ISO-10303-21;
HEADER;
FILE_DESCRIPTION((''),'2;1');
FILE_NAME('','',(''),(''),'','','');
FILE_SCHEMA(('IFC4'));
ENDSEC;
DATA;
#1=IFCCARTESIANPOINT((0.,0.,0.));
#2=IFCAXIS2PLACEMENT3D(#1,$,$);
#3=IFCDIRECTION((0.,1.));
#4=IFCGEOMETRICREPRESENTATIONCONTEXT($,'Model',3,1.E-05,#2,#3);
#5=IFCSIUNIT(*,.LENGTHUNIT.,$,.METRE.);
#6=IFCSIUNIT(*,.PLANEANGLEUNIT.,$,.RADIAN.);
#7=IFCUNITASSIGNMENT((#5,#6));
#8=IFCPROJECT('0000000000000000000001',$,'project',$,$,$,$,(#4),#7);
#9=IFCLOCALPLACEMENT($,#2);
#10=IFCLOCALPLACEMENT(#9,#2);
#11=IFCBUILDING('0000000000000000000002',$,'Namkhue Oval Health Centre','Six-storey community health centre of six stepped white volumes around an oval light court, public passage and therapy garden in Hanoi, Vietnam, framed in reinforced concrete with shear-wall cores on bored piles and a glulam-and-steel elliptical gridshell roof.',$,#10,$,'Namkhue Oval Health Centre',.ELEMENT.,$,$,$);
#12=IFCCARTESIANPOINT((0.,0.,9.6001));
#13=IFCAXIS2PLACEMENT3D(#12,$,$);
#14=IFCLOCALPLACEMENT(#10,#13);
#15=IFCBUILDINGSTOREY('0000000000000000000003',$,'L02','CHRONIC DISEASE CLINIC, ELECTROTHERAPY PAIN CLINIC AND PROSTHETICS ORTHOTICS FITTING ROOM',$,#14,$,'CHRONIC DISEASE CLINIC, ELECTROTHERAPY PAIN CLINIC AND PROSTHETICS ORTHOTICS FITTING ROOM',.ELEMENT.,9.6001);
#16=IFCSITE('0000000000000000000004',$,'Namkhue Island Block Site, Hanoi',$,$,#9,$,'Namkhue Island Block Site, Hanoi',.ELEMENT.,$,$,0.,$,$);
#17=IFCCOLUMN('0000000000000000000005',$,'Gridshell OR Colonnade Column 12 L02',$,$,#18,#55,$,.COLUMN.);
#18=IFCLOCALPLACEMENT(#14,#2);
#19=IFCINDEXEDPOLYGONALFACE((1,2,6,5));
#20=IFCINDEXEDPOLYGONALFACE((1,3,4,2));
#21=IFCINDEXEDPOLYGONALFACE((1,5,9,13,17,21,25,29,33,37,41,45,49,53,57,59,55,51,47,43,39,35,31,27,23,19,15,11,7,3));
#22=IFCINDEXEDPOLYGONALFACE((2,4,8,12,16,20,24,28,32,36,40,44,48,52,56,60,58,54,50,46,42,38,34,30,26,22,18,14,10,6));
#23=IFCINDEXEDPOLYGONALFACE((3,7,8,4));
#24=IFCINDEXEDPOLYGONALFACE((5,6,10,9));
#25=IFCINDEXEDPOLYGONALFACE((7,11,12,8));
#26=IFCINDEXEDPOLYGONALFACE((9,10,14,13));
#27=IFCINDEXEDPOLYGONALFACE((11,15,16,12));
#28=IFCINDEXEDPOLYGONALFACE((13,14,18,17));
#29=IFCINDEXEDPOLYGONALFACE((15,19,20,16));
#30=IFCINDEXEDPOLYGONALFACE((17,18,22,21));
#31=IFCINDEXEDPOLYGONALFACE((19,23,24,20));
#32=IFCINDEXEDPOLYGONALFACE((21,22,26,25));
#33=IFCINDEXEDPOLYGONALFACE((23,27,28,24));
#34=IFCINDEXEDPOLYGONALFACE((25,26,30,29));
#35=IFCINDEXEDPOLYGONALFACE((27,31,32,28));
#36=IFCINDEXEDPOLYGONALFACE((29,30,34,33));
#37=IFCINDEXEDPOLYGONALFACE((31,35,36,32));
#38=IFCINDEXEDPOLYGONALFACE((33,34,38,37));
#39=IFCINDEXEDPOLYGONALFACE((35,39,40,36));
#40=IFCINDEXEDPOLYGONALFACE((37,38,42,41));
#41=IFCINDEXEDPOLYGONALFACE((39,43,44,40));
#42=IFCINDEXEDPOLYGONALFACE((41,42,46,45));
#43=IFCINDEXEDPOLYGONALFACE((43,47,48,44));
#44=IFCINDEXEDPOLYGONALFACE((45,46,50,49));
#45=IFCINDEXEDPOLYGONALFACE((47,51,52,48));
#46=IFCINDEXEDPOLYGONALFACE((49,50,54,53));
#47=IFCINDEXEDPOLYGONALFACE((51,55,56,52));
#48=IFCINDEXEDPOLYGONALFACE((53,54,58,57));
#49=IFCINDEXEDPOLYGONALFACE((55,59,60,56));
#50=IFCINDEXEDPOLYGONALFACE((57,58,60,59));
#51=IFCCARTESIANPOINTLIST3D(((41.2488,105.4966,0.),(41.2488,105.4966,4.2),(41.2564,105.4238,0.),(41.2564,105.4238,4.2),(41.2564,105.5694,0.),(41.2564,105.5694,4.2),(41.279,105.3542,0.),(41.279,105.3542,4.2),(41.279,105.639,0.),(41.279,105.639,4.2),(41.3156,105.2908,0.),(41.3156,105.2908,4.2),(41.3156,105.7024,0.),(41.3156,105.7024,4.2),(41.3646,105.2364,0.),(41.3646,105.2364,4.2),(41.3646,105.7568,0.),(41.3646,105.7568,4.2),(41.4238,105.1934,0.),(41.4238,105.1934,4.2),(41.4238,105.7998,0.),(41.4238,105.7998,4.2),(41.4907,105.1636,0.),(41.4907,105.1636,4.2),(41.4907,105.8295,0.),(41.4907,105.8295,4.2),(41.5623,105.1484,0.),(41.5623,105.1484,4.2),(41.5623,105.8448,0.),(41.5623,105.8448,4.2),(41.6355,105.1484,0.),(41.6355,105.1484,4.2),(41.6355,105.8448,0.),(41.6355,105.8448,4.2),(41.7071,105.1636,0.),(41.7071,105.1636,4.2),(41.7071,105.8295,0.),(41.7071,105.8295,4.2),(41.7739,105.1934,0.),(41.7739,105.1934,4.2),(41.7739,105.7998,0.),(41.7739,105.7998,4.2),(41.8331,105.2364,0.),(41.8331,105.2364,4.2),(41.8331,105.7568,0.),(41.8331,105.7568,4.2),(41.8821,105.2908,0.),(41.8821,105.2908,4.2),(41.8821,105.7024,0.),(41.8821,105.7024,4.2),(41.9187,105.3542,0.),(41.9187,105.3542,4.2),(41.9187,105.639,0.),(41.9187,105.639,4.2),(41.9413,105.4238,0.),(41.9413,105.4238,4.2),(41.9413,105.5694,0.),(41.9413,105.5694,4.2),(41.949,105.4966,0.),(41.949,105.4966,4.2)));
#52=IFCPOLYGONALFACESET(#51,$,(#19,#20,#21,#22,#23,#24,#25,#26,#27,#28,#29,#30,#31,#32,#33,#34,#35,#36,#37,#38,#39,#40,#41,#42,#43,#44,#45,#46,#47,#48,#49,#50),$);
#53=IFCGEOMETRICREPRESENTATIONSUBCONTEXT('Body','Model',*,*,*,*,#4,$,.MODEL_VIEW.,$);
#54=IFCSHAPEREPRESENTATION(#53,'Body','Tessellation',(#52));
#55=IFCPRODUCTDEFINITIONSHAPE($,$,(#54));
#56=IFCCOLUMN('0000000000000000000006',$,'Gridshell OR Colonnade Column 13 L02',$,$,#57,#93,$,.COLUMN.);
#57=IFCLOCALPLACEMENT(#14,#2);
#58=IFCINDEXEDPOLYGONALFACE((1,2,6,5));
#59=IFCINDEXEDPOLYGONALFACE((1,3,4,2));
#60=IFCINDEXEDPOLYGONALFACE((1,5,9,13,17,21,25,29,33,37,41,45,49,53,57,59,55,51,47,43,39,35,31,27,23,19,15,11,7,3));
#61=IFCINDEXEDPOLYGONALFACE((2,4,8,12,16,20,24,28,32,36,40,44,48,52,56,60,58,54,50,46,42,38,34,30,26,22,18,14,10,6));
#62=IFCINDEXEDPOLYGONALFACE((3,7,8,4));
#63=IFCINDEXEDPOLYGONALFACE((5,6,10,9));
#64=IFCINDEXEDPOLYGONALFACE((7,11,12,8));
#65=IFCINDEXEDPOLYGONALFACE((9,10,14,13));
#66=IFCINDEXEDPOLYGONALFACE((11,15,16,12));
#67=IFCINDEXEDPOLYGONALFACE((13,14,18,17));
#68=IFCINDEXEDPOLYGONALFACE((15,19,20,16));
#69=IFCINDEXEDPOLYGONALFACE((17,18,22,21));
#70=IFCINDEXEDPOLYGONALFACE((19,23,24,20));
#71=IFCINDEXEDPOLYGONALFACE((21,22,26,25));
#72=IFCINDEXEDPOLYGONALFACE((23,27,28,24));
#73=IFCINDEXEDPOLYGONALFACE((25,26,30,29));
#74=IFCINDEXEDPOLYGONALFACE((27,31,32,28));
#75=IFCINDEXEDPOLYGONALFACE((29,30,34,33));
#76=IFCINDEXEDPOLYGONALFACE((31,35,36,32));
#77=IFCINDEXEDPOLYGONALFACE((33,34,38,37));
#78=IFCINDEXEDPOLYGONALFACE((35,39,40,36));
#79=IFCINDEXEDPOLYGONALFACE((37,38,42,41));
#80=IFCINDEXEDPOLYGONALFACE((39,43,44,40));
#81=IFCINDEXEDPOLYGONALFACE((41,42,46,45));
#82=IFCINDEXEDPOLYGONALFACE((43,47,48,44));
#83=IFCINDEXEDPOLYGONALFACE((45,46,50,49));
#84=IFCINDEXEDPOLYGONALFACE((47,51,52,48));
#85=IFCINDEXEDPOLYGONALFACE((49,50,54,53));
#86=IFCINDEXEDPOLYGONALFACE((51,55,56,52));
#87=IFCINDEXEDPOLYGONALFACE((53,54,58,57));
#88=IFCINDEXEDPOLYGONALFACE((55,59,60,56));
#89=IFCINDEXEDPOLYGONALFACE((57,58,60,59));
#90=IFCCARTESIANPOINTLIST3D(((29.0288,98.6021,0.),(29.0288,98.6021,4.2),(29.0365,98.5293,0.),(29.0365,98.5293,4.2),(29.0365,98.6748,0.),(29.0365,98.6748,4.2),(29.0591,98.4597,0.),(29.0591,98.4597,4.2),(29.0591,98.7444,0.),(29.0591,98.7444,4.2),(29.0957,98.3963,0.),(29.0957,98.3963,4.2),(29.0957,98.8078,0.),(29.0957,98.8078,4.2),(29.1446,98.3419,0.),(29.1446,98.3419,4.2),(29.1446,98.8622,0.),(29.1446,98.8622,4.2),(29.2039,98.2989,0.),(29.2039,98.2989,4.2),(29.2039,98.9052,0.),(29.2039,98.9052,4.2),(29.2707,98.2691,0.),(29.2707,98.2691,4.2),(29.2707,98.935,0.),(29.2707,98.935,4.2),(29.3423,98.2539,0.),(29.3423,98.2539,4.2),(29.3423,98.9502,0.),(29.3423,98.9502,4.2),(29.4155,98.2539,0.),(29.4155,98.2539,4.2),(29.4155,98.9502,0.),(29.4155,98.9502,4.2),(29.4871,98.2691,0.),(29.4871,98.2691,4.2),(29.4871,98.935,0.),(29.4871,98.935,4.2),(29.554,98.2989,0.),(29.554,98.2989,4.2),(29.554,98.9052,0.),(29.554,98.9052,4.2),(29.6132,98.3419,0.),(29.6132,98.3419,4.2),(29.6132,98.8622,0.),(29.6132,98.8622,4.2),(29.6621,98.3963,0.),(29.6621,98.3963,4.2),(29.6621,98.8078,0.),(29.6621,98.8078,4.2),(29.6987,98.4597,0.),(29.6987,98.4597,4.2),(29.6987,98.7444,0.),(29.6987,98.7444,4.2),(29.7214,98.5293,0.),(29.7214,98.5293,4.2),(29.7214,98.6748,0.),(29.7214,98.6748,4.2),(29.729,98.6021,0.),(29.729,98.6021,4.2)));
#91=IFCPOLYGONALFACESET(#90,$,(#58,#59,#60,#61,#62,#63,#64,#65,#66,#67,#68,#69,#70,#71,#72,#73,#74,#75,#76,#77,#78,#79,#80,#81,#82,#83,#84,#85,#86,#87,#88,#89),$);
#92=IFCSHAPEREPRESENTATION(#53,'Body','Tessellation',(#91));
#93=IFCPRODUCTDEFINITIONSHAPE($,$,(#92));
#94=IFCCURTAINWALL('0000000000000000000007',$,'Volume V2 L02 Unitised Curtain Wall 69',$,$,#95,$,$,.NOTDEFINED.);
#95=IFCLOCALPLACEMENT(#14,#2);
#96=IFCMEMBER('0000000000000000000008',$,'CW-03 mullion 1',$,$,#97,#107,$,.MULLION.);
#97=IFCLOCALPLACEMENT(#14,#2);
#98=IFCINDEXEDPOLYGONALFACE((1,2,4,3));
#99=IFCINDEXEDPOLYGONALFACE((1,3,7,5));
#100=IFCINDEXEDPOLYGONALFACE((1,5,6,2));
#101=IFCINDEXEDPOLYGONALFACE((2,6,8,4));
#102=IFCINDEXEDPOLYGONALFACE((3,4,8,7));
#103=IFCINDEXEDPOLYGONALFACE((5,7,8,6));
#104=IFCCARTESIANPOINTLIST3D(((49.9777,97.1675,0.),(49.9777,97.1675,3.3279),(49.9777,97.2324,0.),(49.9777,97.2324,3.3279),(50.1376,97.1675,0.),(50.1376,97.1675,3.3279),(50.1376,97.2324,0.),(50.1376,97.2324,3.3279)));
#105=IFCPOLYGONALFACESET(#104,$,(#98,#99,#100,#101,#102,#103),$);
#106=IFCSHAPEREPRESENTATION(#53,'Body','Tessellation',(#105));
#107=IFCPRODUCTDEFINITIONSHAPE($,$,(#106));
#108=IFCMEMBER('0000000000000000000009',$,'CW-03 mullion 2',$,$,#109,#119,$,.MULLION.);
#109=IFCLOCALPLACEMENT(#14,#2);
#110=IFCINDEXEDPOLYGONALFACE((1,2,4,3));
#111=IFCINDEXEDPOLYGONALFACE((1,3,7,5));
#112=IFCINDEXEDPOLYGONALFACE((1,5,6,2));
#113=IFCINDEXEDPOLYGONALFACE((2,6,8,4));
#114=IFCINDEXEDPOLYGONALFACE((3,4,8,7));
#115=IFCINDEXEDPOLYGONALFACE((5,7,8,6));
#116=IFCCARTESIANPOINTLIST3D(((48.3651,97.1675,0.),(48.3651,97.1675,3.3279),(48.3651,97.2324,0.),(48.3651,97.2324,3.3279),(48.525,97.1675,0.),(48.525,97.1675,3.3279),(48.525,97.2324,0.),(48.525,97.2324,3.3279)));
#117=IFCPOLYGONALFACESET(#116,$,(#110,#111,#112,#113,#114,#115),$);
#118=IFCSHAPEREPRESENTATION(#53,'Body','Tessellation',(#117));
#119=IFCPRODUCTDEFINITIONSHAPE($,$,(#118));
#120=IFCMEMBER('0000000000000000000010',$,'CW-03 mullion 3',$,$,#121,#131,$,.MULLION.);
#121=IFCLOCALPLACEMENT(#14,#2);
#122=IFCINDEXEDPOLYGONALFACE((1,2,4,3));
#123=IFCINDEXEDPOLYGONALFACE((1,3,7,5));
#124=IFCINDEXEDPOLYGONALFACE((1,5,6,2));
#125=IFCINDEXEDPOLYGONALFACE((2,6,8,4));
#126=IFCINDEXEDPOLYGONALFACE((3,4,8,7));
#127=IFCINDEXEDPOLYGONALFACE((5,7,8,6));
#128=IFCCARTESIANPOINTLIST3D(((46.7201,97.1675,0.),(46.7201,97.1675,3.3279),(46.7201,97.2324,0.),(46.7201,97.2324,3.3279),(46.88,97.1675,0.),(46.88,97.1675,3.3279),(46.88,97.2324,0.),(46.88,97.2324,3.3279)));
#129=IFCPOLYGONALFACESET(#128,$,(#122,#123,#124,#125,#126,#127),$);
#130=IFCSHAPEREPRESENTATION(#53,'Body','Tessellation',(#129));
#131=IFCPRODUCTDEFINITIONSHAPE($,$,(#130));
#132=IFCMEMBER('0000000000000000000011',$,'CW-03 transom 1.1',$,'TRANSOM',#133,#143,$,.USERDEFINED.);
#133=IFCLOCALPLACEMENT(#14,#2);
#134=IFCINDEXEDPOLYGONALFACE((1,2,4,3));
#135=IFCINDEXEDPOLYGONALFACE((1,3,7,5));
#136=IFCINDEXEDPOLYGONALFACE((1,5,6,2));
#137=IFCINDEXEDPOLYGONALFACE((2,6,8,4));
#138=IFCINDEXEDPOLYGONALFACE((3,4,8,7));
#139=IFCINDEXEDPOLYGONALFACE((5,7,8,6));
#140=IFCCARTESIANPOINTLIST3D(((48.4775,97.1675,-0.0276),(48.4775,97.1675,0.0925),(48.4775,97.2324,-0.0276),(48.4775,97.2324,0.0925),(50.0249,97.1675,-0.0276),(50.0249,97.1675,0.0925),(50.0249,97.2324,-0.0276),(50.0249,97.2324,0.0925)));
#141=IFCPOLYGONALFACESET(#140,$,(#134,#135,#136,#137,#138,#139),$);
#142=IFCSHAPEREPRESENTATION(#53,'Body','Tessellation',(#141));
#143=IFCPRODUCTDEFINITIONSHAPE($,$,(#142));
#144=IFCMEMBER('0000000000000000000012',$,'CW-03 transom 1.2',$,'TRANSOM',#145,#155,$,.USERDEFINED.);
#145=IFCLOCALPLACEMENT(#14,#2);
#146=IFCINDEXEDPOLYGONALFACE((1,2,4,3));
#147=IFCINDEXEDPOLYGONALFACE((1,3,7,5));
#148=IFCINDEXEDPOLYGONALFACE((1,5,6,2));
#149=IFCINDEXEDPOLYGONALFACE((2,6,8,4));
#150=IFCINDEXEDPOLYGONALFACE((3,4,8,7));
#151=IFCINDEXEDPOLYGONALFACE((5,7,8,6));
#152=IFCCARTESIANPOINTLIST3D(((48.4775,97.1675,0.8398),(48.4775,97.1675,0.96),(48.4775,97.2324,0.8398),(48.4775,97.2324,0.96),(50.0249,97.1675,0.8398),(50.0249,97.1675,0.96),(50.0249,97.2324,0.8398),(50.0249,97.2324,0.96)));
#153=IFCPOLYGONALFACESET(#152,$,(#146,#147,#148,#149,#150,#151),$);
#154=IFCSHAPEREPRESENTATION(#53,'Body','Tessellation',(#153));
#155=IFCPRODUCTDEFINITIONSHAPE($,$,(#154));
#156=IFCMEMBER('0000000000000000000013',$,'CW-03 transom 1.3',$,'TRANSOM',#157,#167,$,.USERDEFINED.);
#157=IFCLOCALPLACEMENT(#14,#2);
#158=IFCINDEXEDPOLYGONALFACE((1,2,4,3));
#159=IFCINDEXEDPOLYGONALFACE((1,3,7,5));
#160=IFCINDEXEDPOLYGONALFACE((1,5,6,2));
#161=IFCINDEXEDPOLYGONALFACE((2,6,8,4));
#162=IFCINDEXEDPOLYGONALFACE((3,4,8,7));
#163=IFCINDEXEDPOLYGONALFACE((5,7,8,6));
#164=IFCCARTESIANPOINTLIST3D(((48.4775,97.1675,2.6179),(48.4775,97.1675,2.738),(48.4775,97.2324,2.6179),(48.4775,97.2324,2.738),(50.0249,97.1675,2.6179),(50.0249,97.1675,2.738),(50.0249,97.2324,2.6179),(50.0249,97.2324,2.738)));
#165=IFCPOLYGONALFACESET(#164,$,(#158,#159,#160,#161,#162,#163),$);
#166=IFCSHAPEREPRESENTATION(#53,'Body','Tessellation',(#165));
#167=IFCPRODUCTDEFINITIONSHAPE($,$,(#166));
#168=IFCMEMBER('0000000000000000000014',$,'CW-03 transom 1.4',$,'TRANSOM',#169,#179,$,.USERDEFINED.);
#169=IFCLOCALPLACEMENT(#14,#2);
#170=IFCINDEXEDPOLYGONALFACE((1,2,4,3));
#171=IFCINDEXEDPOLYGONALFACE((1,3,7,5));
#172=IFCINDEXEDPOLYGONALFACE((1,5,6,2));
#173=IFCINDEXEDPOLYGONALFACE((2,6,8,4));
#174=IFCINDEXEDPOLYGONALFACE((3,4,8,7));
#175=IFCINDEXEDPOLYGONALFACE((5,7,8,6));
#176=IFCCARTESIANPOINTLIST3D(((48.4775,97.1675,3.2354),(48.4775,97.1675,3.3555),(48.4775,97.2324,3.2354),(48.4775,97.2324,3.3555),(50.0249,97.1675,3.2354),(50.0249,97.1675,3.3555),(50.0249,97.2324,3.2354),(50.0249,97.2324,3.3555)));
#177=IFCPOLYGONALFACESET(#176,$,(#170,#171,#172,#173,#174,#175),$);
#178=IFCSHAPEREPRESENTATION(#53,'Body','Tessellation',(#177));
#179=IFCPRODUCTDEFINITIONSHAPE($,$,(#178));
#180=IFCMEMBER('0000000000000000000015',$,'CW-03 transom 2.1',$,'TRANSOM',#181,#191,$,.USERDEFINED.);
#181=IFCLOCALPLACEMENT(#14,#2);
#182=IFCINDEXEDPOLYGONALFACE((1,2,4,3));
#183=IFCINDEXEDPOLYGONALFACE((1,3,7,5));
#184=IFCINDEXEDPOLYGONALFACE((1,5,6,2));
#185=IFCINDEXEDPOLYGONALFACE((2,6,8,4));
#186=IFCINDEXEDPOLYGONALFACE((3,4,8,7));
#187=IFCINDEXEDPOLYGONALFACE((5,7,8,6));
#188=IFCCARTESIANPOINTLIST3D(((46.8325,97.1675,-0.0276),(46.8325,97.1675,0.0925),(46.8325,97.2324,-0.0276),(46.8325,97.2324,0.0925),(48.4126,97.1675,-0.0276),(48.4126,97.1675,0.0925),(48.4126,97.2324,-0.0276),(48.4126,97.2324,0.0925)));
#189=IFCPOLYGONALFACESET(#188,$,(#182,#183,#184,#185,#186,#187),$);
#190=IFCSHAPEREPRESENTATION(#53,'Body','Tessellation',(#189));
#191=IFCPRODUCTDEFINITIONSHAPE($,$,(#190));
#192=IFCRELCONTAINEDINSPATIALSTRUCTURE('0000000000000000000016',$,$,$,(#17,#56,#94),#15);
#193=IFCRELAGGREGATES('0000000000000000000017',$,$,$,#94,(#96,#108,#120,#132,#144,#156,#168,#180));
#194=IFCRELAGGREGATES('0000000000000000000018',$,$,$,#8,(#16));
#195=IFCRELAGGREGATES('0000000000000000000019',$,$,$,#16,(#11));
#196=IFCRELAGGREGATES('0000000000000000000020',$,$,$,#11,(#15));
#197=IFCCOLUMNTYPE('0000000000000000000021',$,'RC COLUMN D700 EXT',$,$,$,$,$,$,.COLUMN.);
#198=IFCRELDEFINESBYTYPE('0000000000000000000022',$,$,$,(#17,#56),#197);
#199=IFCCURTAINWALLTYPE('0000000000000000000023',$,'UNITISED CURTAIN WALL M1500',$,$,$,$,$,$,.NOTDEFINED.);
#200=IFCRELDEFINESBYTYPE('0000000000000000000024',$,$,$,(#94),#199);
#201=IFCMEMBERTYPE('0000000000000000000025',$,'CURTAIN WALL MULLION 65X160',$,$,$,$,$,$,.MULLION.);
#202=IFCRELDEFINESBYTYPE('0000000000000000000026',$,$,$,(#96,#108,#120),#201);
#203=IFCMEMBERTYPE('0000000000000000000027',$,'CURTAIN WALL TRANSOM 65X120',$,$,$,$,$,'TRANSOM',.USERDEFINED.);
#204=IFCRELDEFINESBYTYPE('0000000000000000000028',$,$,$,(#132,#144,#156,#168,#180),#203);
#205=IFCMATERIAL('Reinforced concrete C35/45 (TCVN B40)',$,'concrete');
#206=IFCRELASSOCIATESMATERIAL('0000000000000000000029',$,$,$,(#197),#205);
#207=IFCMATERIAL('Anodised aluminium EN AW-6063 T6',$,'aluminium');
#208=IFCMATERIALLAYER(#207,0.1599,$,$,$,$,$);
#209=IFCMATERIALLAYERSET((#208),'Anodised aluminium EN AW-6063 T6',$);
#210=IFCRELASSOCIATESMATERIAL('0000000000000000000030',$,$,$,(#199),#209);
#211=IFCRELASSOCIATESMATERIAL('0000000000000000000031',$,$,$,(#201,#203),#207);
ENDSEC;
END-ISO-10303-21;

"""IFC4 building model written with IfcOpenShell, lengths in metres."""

from ifc_helpers import new_model, si_unit, direction, frame, origin, origin_2d, place, context, subcontext, project, spatial, rectangle, circle, extrude, material, layer, layer_set, material_profile, profile_set, type_object, element, aggregate, save


model = new_model("IFC4")

# Units and contexts
model_context = context("Model", 3, precision=1e-05, world=origin(), true_north=direction((0.0, 1.0)))
body_context = subcontext(model_context, "Body", "Model", "MODEL_VIEW")
ifc_project = project(units=[si_unit("LENGTHUNIT", "METRE"), si_unit("PLANEANGLEUNIT", "RADIAN")], contexts=[model_context])

# Site, building, storey
site_placement = place(None, origin())
site = spatial("IfcSite", under=ifc_project, at=site_placement, Name="Namkhue Island Block Site, Hanoi", LongName="Namkhue Island Block Site, Hanoi", CompositionType="ELEMENT", RefElevation=0.0)
building_placement = place(site_placement, origin())
building = spatial("IfcBuilding", under=site, at=building_placement, Name="Namkhue Oval Health Centre", Description="Six-storey community health centre of six stepped white volumes around an oval light court, public passage and therapy garden in Hanoi, Vietnam, framed in reinforced concrete with shear-wall cores on bored piles and a glulam-and-steel elliptical gridshell roof.", LongName="Namkhue Oval Health Centre", CompositionType="ELEMENT")
storey_placement = place(building_placement, frame((0.0, 0.0, 9.6001)))
storey = spatial("IfcBuildingStorey", under=building, at=storey_placement, Name="L02", Description="CHRONIC DISEASE CLINIC, ELECTROTHERAPY PAIN CLINIC AND PROSTHETICS ORTHOTICS FITTING ROOM", LongName="CHRONIC DISEASE CLINIC, ELECTROTHERAPY PAIN CLINIC AND PROSTHETICS ORTHOTICS FITTING ROOM", CompositionType="ELEMENT", Elevation=9.6001)

# Columns
ifc_material_1 = material(Name="Reinforced concrete C35/45 (TCVN B40)", Category="concrete")
ifc_material_profile_1 = material_profile(ifc_material_1, circle(Radius=0.3501, at=origin_2d()), Name="RC D700")
ifc_profile_set_1 = profile_set([ifc_material_profile_1], Name="Reinforced concrete C35/45 (TCVN B40)")
column_type = type_object("IfcColumnType", Name="RC COLUMN D700 EXT", PredefinedType="COLUMN", material=ifc_profile_set_1)
for number, where, z_axis, x_axis, name in (
    (1, (41.5989, 105.4966, 0.0), (0.0, 0.0, 1.0), (1.0, 0.0, 0.0), "Gridshell OR Colonnade Column 12 L02"),
    (2, (29.3789, 98.6021, 0.0), (0.0, 0.0, 1.0), (1.0, 0.0, 0.0), "Gridshell OR Colonnade Column 13 L02"),
):
    element("IfcColumn", number, at=place(storey_placement, frame(where, z_axis=z_axis, x_axis=x_axis)), inside=storey, type_object=column_type, Name=name, PredefinedType="COLUMN", context=body_context, shape_type="SweptSolid", body=[
        extrude(circle(Radius=0.3501, at=origin_2d()), origin(), (0.0, 0.0, 1.0), 4.2),
    ])

# Curtain wall, members
ifc_material_2 = material(Name="Anodised aluminium EN AW-6063 T6", Category="aluminium")
ifc_layer_1 = layer(ifc_material_2, 0.1599)
ifc_layer_set_1 = layer_set([ifc_layer_1], Name="Anodised aluminium EN AW-6063 T6")
curtain_wall_type = type_object("IfcCurtainWallType", Name="UNITISED CURTAIN WALL M1500", PredefinedType="NOTDEFINED", material=ifc_layer_set_1)
curtain_wall_placement = place(storey_placement, origin())
curtain_wall = element("IfcCurtainWall", 3, at=curtain_wall_placement, inside=storey, type_object=curtain_wall_type, Name="Volume V2 L02 Unitised Curtain Wall 69", PredefinedType="NOTDEFINED")
ifc_material_profile_2 = material_profile(ifc_material_2, rectangle(XDim=0.0649, YDim=0.1599, at=origin_2d()), Name="ALU 65x160")
ifc_profile_set_2 = profile_set([ifc_material_profile_2], Name="Anodised aluminium EN AW-6063 T6")
member_type_1 = type_object("IfcMemberType", Name="CURTAIN WALL MULLION 65X160", PredefinedType="MULLION", material=ifc_profile_set_2)
member_1_placement = place(storey_placement, frame((50.0576, 97.2, 0.0), z_axis=(0.0, 0.0, 1.0), x_axis=(0.0, -1.0, 0.0)))
member_1 = element("IfcMember", 4, at=member_1_placement, type_object=member_type_1, Name="CW-03 mullion 1", PredefinedType="MULLION", context=body_context, shape_type="SweptSolid", body=[
    extrude(rectangle(XDim=0.0649, YDim=0.1599, at=origin_2d()), origin(), (0.0, 0.0, 1.0), 3.3279),
])
member_2_placement = place(storey_placement, frame((48.4451, 97.2, 0.0), z_axis=(0.0, 0.0, 1.0), x_axis=(0.0, -1.0, 0.0)))
member_2 = element("IfcMember", 5, at=member_2_placement, type_object=member_type_1, Name="CW-03 mullion 2", PredefinedType="MULLION", context=body_context, shape_type="SweptSolid", body=[
    extrude(rectangle(XDim=0.0649, YDim=0.1599, at=origin_2d()), origin(), (0.0, 0.0, 1.0), 3.3279),
])
member_3_placement = place(storey_placement, frame((46.8, 97.2, 0.0), z_axis=(0.0, 0.0, 1.0), x_axis=(0.0, -1.0, 0.0)))
member_3 = element("IfcMember", 6, at=member_3_placement, type_object=member_type_1, Name="CW-03 mullion 3", PredefinedType="MULLION", context=body_context, shape_type="SweptSolid", body=[
    extrude(rectangle(XDim=0.0649, YDim=0.1599, at=origin_2d()), origin(), (0.0, 0.0, 1.0), 3.3279),
])
ifc_material_profile_3 = material_profile(ifc_material_2, rectangle(XDim=0.0649, YDim=0.1201, at=origin_2d()), Name="ALU 65x120")
ifc_profile_set_3 = profile_set([ifc_material_profile_3], Name="Anodised aluminium EN AW-6063 T6")
member_type_2 = type_object("IfcMemberType", Name="CURTAIN WALL TRANSOM 65X120", ElementType="TRANSOM", PredefinedType="USERDEFINED", material=ifc_profile_set_3)
member_4_placement = place(storey_placement, frame((50.0249, 97.2, 0.0325), z_axis=(-1.0, 0.0, 0.0), x_axis=(0.0, -1.0, 0.0)))
member_4 = element("IfcMember", 7, at=member_4_placement, type_object=member_type_2, Name="CW-03 transom 1.1", ObjectType="TRANSOM", PredefinedType="USERDEFINED", context=body_context, shape_type="SweptSolid", body=[
    extrude(rectangle(XDim=0.0649, YDim=0.1201, at=origin_2d()), origin(), (0.0, 0.0, 1.0), 1.5474),
])
member_5_placement = place(storey_placement, frame((50.0249, 97.2, 0.8999), z_axis=(-1.0, 0.0, 0.0), x_axis=(0.0, -1.0, 0.0)))
member_5 = element("IfcMember", 8, at=member_5_placement, type_object=member_type_2, Name="CW-03 transom 1.2", ObjectType="TRANSOM", PredefinedType="USERDEFINED", context=body_context, shape_type="SweptSolid", body=[
    extrude(rectangle(XDim=0.0649, YDim=0.1201, at=origin_2d()), origin(), (0.0, 0.0, 1.0), 1.5474),
])
member_6_placement = place(storey_placement, frame((50.0249, 97.2, 2.678), z_axis=(-1.0, 0.0, 0.0), x_axis=(0.0, -1.0, 0.0)))
member_6 = element("IfcMember", 9, at=member_6_placement, type_object=member_type_2, Name="CW-03 transom 1.3", ObjectType="TRANSOM", PredefinedType="USERDEFINED", context=body_context, shape_type="SweptSolid", body=[
    extrude(rectangle(XDim=0.0649, YDim=0.1201, at=origin_2d()), origin(), (0.0, 0.0, 1.0), 1.5474),
])
member_7_placement = place(storey_placement, frame((50.0249, 97.2, 3.2954), z_axis=(-1.0, 0.0, 0.0), x_axis=(0.0, -1.0, 0.0)))
member_7 = element("IfcMember", 10, at=member_7_placement, type_object=member_type_2, Name="CW-03 transom 1.4", ObjectType="TRANSOM", PredefinedType="USERDEFINED", context=body_context, shape_type="SweptSolid", body=[
    extrude(rectangle(XDim=0.0649, YDim=0.1201, at=origin_2d()), origin(), (0.0, 0.0, 1.0), 1.5474),
])
member_8_placement = place(storey_placement, frame((48.4126, 97.2, 0.0325), z_axis=(-1.0, 0.0, 0.0), x_axis=(0.0, -1.0, 0.0)))
member_8 = element("IfcMember", 11, at=member_8_placement, type_object=member_type_2, Name="CW-03 transom 2.1", ObjectType="TRANSOM", PredefinedType="USERDEFINED", context=body_context, shape_type="SweptSolid", body=[
    extrude(rectangle(XDim=0.0649, YDim=0.1201, at=origin_2d()), origin(), (0.0, 0.0, 1.0), 1.5801),
])
aggregate(curtain_wall, [member_1, member_2, member_3, member_4, member_5, member_6, member_7, member_8])

save(model, "model.ifc")
